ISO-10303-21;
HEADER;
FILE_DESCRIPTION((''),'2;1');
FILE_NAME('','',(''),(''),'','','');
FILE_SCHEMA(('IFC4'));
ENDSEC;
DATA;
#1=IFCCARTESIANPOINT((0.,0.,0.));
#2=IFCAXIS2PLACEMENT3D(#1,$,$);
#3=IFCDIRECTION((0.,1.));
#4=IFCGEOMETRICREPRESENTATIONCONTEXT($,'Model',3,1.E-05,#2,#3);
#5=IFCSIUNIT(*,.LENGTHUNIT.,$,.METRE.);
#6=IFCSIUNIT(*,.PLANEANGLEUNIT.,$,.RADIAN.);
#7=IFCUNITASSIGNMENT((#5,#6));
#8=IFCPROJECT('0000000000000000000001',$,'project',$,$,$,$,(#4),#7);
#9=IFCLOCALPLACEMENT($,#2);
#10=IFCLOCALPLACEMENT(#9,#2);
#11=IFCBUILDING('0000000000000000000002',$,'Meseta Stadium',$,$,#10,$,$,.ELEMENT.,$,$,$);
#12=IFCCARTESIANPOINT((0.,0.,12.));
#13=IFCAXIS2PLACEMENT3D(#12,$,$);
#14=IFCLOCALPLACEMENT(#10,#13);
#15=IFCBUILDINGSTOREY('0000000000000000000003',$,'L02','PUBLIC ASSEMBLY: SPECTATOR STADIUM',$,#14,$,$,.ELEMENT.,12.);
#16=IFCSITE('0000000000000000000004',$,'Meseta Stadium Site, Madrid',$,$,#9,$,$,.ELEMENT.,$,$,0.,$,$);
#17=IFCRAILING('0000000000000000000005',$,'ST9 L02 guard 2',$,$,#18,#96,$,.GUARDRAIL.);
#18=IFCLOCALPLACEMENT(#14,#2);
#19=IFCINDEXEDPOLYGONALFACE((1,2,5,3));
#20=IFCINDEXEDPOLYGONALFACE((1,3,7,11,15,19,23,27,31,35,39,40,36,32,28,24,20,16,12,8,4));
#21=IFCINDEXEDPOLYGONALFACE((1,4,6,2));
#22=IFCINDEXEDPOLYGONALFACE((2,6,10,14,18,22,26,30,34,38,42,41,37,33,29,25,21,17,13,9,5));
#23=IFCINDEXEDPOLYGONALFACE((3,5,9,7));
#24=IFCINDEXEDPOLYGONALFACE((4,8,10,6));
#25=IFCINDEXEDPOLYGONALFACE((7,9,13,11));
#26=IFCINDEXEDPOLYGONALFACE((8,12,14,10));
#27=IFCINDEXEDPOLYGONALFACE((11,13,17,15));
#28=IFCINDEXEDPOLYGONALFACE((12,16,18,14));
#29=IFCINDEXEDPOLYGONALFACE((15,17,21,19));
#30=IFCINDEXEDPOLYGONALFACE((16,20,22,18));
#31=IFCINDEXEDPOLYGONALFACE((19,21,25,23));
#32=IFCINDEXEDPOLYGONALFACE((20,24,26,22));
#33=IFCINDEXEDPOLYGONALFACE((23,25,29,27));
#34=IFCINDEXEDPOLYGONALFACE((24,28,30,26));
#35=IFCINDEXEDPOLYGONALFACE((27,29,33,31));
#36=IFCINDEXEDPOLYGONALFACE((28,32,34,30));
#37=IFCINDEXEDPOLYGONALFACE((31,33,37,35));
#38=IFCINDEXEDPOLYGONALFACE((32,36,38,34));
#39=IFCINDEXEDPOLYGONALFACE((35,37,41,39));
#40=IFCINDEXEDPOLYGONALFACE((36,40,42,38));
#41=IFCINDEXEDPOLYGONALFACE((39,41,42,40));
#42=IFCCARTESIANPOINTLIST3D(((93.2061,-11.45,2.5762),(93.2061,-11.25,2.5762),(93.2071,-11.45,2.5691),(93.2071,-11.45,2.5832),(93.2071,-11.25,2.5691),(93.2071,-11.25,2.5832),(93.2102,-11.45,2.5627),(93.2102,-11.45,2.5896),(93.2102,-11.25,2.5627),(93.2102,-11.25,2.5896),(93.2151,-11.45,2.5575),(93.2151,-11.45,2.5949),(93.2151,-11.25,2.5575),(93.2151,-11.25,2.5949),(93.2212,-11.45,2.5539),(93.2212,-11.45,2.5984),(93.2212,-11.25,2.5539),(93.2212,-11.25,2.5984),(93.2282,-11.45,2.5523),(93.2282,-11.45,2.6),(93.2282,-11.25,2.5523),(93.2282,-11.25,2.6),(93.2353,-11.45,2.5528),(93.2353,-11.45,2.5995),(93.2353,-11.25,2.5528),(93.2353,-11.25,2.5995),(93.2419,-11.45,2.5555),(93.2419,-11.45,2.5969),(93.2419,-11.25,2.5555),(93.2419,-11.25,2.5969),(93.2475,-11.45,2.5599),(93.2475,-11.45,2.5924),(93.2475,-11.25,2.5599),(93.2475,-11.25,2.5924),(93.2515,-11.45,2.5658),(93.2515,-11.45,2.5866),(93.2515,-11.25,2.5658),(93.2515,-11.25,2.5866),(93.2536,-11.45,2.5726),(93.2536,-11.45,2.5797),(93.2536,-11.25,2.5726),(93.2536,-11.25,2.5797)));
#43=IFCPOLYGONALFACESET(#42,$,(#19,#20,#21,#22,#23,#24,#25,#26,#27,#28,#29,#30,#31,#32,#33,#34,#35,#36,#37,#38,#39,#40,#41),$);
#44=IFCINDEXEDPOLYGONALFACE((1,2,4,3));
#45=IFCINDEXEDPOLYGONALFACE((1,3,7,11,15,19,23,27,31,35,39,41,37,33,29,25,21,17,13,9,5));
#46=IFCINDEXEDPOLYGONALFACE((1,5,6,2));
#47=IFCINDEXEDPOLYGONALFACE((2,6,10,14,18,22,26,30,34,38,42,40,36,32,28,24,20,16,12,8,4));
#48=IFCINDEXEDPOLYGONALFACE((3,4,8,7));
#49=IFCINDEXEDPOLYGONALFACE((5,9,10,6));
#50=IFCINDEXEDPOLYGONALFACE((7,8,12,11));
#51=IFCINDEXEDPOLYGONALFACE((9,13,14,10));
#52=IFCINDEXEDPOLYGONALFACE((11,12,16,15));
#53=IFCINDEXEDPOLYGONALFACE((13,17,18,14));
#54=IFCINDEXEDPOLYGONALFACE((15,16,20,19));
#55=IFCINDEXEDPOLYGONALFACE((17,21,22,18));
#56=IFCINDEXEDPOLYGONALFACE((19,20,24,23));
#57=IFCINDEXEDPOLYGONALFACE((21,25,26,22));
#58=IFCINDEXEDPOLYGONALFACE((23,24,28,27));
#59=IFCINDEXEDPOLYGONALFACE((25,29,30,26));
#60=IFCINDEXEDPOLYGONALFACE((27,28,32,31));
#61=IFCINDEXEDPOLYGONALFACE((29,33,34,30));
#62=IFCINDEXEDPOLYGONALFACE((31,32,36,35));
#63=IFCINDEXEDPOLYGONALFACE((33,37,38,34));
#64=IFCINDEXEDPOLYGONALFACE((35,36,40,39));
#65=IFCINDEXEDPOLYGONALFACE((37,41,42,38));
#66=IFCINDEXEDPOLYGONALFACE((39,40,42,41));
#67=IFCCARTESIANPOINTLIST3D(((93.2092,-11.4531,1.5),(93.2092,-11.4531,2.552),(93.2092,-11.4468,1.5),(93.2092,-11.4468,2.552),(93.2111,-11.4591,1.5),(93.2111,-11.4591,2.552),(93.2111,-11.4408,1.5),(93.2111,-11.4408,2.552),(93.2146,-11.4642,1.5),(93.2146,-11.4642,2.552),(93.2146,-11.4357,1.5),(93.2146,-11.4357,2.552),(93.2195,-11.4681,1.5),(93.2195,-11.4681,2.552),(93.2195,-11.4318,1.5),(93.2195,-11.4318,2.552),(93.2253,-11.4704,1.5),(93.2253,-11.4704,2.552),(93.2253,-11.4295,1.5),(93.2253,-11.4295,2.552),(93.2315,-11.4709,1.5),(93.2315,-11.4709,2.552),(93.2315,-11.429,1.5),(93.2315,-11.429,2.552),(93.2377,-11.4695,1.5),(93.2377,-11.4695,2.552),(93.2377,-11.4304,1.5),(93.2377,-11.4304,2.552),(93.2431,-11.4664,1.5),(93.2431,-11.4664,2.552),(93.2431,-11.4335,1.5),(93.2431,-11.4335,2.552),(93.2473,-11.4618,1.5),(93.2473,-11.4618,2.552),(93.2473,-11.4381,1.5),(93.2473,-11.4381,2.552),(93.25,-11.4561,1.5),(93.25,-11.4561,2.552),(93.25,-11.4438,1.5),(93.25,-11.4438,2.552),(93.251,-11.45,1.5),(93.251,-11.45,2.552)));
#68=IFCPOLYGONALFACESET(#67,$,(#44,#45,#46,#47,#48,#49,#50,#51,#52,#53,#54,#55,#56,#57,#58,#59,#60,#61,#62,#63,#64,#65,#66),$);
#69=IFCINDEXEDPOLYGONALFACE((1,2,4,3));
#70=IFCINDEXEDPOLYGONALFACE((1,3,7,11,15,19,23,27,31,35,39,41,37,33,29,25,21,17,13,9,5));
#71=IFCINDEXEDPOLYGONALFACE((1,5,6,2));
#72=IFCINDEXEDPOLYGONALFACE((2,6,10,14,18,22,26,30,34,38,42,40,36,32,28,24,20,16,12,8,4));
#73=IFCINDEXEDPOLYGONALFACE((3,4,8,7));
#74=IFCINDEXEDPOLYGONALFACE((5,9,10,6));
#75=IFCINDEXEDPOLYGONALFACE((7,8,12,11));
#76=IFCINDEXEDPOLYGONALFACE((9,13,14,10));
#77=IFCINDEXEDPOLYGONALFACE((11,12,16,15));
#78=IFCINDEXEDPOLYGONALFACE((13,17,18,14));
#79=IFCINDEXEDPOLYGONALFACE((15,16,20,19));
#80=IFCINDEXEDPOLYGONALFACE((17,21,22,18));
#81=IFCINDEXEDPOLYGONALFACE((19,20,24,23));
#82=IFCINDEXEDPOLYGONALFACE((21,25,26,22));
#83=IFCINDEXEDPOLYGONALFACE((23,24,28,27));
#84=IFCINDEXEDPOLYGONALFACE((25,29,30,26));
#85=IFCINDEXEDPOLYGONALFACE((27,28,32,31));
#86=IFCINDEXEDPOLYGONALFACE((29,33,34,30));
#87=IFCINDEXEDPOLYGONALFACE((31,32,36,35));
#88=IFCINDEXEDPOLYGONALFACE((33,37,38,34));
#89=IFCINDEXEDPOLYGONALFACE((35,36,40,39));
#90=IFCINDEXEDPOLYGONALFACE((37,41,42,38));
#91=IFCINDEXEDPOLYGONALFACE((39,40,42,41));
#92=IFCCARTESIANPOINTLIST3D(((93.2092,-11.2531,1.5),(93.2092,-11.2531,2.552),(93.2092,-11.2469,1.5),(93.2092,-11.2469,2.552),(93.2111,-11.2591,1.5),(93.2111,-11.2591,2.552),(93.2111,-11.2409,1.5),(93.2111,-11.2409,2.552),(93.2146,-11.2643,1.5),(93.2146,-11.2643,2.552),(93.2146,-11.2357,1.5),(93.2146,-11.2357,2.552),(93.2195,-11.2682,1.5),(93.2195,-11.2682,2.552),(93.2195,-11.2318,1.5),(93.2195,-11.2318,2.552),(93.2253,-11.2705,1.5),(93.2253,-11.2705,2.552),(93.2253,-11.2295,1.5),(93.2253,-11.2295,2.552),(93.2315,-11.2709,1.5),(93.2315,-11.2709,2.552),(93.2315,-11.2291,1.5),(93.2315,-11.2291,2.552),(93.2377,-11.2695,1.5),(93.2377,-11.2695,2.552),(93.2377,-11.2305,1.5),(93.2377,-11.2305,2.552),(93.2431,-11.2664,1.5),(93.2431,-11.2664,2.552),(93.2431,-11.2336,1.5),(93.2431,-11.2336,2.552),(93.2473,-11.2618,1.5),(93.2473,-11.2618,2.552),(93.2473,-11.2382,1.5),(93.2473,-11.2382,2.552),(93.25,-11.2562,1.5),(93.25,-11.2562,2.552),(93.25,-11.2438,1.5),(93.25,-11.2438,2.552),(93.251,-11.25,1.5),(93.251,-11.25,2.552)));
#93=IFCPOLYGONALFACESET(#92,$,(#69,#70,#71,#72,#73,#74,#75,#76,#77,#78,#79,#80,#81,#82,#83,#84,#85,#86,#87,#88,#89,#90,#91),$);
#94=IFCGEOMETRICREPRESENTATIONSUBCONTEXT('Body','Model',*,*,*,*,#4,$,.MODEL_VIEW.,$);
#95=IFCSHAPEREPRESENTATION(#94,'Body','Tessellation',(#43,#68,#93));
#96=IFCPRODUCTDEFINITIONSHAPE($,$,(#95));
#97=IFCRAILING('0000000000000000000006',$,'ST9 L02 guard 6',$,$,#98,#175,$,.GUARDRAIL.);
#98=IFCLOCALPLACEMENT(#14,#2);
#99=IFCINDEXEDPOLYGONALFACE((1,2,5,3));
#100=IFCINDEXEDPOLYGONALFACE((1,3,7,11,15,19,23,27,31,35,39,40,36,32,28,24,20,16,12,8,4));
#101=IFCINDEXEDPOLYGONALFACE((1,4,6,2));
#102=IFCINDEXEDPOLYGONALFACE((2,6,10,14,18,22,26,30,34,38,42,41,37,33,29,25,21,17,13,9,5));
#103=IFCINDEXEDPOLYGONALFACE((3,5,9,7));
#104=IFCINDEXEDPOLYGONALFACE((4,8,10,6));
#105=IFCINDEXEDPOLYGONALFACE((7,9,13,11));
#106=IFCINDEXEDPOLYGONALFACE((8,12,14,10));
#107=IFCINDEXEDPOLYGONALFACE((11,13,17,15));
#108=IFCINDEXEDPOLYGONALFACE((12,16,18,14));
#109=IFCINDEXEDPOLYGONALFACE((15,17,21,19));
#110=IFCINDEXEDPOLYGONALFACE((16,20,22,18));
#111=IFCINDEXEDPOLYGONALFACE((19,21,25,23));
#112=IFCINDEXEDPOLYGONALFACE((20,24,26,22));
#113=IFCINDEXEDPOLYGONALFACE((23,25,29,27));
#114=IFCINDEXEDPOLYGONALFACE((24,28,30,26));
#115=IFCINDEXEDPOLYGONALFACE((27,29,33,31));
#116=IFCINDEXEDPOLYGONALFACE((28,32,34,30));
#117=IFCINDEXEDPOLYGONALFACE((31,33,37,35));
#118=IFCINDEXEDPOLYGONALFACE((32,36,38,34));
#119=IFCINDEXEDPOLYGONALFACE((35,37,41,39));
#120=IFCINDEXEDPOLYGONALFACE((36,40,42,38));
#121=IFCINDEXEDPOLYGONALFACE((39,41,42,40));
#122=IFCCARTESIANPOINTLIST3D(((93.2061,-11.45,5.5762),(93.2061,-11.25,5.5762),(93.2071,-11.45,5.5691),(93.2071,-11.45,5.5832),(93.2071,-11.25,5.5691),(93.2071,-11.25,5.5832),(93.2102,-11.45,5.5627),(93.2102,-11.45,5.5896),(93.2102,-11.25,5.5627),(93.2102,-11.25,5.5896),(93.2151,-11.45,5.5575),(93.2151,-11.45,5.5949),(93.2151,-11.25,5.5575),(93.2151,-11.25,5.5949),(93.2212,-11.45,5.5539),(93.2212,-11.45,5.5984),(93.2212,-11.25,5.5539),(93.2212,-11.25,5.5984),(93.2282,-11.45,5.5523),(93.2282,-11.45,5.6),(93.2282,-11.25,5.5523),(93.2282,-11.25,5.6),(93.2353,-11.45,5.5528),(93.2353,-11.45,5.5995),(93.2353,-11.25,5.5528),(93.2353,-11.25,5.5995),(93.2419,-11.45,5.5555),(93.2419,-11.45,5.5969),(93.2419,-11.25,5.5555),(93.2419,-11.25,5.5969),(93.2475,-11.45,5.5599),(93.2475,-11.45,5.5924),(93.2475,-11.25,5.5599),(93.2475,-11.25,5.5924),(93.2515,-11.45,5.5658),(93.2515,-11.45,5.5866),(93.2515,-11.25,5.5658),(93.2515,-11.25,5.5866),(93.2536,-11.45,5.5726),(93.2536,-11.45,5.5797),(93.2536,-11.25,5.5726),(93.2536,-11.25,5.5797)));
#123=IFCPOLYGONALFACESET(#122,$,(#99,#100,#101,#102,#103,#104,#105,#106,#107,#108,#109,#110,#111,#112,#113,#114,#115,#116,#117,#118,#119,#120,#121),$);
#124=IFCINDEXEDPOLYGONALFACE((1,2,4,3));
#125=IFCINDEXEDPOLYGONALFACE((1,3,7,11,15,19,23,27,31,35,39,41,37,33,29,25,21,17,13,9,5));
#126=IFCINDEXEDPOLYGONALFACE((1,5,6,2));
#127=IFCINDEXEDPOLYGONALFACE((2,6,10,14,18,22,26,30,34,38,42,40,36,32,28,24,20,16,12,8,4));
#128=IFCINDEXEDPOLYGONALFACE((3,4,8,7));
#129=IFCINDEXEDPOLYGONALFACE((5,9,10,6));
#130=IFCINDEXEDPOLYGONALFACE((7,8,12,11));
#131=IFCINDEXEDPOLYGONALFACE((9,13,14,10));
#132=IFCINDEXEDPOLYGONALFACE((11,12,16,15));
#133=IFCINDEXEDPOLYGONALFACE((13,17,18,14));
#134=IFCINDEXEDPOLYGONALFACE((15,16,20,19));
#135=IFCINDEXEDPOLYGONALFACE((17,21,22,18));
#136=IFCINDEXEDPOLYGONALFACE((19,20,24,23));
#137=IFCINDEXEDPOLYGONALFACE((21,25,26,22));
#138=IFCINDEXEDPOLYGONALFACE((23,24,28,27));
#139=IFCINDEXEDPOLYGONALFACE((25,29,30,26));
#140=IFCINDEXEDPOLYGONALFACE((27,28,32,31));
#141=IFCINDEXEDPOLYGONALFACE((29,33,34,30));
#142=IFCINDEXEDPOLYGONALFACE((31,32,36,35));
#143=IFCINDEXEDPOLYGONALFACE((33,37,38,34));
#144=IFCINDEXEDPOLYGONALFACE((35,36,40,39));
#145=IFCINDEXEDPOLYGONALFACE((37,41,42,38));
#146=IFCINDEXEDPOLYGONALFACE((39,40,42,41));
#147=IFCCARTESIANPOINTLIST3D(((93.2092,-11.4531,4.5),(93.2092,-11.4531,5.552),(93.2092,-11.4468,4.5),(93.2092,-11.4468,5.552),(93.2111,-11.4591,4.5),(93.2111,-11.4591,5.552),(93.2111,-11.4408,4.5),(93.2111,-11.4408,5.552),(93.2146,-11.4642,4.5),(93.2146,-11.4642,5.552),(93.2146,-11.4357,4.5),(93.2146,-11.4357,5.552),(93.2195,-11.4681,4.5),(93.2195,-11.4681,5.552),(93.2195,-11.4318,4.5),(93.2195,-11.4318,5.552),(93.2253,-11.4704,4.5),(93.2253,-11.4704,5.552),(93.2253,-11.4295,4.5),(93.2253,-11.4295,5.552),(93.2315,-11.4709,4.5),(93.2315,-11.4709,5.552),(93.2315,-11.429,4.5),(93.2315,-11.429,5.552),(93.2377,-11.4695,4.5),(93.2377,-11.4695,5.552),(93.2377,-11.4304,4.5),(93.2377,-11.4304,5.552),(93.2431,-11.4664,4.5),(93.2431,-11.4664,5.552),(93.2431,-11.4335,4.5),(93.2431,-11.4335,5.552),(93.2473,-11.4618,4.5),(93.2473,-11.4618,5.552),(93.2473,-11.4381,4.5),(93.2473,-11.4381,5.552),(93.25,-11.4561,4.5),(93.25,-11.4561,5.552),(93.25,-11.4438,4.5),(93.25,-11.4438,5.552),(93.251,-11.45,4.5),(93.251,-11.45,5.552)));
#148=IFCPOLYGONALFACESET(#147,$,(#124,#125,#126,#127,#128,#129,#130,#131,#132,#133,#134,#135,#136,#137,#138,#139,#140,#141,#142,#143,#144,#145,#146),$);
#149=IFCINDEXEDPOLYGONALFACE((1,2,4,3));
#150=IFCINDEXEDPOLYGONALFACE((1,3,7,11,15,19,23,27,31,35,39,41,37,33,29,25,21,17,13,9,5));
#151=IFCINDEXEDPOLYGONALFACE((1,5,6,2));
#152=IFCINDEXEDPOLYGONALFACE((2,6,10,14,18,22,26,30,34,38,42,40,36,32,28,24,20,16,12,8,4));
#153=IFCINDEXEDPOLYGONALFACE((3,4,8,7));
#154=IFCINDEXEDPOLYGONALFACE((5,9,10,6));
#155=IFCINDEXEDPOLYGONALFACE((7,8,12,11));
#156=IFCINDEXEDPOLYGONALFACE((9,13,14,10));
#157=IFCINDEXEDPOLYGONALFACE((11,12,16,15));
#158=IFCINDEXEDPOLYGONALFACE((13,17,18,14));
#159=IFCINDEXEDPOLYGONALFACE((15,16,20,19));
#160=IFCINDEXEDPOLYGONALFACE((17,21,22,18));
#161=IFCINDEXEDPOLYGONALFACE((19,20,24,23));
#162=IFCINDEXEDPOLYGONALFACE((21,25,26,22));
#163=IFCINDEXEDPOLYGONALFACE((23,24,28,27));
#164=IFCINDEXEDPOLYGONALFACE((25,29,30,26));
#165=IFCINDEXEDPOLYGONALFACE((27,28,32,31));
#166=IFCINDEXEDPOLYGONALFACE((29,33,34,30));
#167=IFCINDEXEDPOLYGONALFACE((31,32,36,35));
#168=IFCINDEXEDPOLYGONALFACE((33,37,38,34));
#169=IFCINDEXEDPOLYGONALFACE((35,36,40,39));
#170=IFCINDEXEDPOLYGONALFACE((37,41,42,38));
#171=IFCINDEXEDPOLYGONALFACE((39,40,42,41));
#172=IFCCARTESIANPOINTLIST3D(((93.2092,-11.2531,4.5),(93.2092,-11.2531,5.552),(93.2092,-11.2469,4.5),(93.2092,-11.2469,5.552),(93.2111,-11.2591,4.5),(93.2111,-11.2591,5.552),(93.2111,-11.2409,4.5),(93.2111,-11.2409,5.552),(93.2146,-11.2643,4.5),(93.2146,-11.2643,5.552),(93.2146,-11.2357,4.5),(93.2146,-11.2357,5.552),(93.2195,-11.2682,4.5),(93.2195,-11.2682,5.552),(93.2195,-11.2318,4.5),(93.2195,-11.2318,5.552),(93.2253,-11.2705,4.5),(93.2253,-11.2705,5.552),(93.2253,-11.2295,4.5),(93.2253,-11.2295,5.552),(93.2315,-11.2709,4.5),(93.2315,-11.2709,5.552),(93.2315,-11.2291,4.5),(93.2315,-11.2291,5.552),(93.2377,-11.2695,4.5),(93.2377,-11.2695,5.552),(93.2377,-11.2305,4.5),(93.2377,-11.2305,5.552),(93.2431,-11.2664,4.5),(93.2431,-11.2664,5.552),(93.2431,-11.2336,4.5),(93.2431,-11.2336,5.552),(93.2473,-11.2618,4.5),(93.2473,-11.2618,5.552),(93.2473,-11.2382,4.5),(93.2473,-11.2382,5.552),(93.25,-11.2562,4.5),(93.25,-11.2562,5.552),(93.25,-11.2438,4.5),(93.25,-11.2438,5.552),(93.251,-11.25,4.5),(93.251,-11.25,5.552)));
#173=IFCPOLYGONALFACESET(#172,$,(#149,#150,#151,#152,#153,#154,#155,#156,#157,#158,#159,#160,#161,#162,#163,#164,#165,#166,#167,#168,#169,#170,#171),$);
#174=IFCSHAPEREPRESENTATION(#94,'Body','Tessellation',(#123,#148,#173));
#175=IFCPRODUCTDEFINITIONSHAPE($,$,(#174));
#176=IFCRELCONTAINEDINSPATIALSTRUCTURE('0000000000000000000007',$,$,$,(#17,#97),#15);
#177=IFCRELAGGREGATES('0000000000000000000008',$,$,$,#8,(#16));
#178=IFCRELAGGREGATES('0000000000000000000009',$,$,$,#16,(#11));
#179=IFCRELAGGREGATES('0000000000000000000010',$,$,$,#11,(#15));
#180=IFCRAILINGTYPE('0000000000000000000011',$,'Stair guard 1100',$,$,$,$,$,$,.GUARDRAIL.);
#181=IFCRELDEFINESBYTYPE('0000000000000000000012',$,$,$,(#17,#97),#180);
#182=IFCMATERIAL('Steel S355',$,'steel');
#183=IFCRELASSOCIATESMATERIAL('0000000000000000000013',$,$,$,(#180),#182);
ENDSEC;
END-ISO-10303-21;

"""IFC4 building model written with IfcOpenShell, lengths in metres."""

from ifc_helpers import new_model, si_unit, direction, frame, origin, origin_2d, place, context, subcontext, project, spatial, circle, extrude, material, type_object, element, save


model = new_model("IFC4")

# Units and contexts
model_context = context("Model", 3, precision=1e-05, world=origin(), true_north=direction((0.0, 1.0)))
body_context = subcontext(model_context, "Body", "Model", "MODEL_VIEW")
ifc_project = project(units=[si_unit("LENGTHUNIT", "METRE"), si_unit("PLANEANGLEUNIT", "RADIAN")], contexts=[model_context])

# Site, building, storey
site_placement = place(None, origin())
site = spatial("IfcSite", under=ifc_project, at=site_placement, Name="Meseta Stadium Site, Madrid", CompositionType="ELEMENT", RefElevation=0.0)
building_placement = place(site_placement, origin())
building = spatial("IfcBuilding", under=site, at=building_placement, Name="Meseta Stadium", CompositionType="ELEMENT")
storey_placement = place(building_placement, frame((0.0, 0.0, 12.0)))
storey = spatial("IfcBuildingStorey", under=building, at=storey_placement, Name="L02", Description="PUBLIC ASSEMBLY: SPECTATOR STADIUM", CompositionType="ELEMENT", Elevation=12.0)

# Railings
ifc_material_1 = material(Name="Steel S355", Category="steel")
railing_type = type_object("IfcRailingType", Name="Stair guard 1100", PredefinedType="GUARDRAIL", material=ifc_material_1)
for number, where, name in (
    (1, (93.23, -11.45, 1.5), "ST9 L02 guard 2"),
    (2, (93.23, -11.45, 4.5), "ST9 L02 guard 6"),
):
    element("IfcRailing", number, at=place(storey_placement, frame(where)), inside=storey, type_object=railing_type, Name=name, PredefinedType="GUARDRAIL", context=body_context, shape_type="SweptSolid", body=[
        extrude(circle(Radius=0.0239, at=origin_2d()), frame((0.0, 0.0, 1.0762), z_axis=(0.0, 1.0, 0.0), x_axis=(-1.0, 0.0, 0.0)), (0.0, 0.0, 1.0), 0.2),
        extrude(circle(Radius=0.021, at=origin_2d()), origin(), (0.0, 0.0, 1.0), 1.052),
        extrude(circle(Radius=0.021, at=origin_2d()), frame((0.0, 0.2, 0.0)), (0.0, 0.0, 1.0), 1.052),
    ])

save(model, "model.ifc")
